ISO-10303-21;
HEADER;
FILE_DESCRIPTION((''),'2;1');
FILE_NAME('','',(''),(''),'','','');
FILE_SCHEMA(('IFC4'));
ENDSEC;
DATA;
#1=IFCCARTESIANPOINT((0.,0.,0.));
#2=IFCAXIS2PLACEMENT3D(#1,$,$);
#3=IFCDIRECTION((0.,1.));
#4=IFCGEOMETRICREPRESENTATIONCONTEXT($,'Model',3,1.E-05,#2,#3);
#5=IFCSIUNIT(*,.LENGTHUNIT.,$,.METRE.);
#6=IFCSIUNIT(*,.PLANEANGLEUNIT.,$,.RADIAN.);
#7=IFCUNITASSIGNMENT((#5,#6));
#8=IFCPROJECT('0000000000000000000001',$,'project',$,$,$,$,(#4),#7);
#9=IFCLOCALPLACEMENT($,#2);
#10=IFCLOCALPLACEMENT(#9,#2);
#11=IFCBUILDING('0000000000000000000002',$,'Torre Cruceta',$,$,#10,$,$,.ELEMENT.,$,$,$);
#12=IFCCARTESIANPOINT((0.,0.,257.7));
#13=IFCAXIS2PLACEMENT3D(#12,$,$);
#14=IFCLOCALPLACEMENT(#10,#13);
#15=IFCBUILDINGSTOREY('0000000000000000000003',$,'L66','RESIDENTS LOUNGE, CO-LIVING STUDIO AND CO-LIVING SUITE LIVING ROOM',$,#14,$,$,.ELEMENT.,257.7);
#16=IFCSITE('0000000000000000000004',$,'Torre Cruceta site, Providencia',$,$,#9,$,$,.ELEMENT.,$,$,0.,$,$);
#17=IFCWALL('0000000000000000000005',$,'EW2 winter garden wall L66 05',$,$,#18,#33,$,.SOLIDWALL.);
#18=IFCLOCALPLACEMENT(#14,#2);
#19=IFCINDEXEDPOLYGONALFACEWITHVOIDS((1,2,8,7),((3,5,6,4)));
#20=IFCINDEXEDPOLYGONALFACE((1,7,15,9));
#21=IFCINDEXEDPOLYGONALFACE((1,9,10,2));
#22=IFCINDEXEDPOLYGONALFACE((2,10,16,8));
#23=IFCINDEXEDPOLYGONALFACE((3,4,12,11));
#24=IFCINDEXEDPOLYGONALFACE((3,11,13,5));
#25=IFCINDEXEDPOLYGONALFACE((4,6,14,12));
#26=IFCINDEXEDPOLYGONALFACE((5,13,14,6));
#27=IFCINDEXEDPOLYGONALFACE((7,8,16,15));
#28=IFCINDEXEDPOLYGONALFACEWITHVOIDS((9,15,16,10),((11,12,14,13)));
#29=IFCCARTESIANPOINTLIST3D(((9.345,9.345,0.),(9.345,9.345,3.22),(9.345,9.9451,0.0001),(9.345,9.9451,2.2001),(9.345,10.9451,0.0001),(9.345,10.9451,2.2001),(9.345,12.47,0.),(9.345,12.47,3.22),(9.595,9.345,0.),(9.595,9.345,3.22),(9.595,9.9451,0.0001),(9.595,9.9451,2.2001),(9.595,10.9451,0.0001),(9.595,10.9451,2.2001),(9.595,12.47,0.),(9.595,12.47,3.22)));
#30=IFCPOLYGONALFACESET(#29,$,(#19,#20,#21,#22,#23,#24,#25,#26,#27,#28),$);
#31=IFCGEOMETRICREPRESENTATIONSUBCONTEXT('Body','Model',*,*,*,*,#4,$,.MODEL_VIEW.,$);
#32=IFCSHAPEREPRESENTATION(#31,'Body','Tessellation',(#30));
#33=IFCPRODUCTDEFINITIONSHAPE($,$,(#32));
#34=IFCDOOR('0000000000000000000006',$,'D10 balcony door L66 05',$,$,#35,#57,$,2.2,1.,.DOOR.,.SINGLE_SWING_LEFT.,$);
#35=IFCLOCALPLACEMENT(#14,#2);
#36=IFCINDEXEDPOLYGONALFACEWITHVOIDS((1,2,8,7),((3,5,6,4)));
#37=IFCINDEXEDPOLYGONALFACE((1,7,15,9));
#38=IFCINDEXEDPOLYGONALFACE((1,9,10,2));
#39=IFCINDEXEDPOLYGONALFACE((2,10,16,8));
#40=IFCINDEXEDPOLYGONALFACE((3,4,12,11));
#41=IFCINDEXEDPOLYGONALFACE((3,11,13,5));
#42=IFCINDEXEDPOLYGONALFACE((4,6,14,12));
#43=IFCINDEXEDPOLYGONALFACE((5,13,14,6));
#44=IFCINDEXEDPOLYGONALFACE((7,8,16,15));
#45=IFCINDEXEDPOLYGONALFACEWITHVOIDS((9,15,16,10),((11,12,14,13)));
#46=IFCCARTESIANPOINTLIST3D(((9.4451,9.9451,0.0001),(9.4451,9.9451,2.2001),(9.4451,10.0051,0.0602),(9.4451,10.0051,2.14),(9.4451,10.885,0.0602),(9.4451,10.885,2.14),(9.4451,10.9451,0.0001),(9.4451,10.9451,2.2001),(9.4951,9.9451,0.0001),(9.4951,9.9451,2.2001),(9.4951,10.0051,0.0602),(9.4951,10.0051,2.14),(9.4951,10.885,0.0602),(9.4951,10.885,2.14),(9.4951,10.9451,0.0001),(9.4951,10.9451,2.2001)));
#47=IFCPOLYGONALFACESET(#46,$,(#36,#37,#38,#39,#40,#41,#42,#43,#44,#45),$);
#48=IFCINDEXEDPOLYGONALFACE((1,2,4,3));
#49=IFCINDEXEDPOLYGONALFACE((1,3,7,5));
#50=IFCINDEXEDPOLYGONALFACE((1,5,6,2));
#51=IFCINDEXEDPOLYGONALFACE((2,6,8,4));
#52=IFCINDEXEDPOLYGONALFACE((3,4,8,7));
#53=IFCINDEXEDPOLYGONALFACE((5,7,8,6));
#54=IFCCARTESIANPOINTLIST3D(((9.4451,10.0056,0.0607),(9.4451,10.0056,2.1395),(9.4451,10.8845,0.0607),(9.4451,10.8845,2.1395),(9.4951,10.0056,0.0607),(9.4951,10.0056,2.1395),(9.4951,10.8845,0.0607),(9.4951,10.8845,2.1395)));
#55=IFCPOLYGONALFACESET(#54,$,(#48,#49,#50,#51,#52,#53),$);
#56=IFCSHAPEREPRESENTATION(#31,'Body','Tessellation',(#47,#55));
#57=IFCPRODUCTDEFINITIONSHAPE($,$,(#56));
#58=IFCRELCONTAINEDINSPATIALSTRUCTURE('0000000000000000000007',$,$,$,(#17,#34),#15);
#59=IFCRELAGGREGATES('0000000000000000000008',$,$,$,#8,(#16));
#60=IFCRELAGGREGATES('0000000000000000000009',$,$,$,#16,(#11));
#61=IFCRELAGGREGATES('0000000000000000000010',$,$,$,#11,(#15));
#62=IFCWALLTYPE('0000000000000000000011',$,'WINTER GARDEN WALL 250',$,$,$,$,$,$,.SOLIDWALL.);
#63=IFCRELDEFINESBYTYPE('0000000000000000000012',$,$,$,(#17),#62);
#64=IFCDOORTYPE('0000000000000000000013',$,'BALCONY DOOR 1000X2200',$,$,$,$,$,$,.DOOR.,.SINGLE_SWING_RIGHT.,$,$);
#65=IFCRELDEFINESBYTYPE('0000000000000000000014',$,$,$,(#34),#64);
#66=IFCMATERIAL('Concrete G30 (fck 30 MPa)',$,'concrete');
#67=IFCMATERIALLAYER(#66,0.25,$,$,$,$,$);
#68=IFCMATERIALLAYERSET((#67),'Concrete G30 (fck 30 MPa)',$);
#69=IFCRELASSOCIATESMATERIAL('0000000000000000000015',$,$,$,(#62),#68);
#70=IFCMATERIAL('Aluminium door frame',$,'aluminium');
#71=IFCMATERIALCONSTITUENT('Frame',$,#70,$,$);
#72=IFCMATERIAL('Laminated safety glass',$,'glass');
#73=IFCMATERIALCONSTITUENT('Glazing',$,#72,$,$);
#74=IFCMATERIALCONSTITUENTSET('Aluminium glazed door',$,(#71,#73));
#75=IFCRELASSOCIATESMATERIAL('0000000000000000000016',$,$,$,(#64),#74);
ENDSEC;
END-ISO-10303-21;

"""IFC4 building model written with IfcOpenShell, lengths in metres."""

from ifc_helpers import new_model, si_unit, direction, frame, frame_2d, origin, place, context, subcontext, project, spatial, rectangle, hollow_rectangle, extrude, material, layer, layer_set, constituent, constituent_set, type_object, element, fill, save


model = new_model("IFC4")

# Units and contexts
model_context = context("Model", 3, precision=1e-05, world=origin(), true_north=direction((0.0, 1.0)))
body_context = subcontext(model_context, "Body", "Model", "MODEL_VIEW")
ifc_project = project(units=[si_unit("LENGTHUNIT", "METRE"), si_unit("PLANEANGLEUNIT", "RADIAN")], contexts=[model_context])

# Site, building, storey
site_placement = place(None, origin())
site = spatial("IfcSite", under=ifc_project, at=site_placement, Name="Torre Cruceta site, Providencia", CompositionType="ELEMENT", RefElevation=0.0)
building_placement = place(site_placement, origin())
building = spatial("IfcBuilding", under=site, at=building_placement, Name="Torre Cruceta", CompositionType="ELEMENT")
storey_placement = place(building_placement, frame((0.0, 0.0, 257.7)))
storey = spatial("IfcBuildingStorey", under=building, at=storey_placement, Name="L66", Description="RESIDENTS LOUNGE, CO-LIVING STUDIO AND CO-LIVING SUITE LIVING ROOM", CompositionType="ELEMENT", Elevation=257.7)

# Wall, opening, door
ifc_material_1 = material(Name="Concrete G30 (fck 30 MPa)", Category="concrete")
ifc_layer_1 = layer(ifc_material_1, 0.25)
ifc_layer_set_1 = layer_set([ifc_layer_1], Name="Concrete G30 (fck 30 MPa)")
wall_type_1 = type_object("IfcWallType", Name="WINTER GARDEN WALL 250", PredefinedType="SOLIDWALL", material=ifc_layer_set_1)
ifc_material_2 = material(Name="Aluminium door frame", Category="aluminium")
ifc_constituent_1 = constituent(ifc_material_2, Name="Frame")
ifc_material_3 = material(Name="Laminated safety glass", Category="glass")
ifc_constituent_2 = constituent(ifc_material_3, Name="Glazing")
ifc_constituent_set_1 = constituent_set(constituents=[ifc_constituent_1, ifc_constituent_2], Name="Aluminium glazed door")
door_type_1 = type_object("IfcDoorType", Name="BALCONY DOOR 1000X2200", OperationType="SINGLE_SWING_RIGHT", PredefinedType="DOOR", material=ifc_constituent_set_1)
wall_1_placement = place(storey_placement, frame((9.47, 9.345, 0.0), z_axis=(0.0, 0.0, 1.0), x_axis=(0.0, 1.0, 0.0)))
wall_1 = element("IfcWall", 1, at=wall_1_placement, inside=storey, type_object=wall_type_1, Name="EW2 winter garden wall L66 05", PredefinedType="SOLIDWALL", context=body_context, shape_type="SweptSolid", body=[
    extrude(rectangle(XDim=3.125, YDim=0.25, at=frame_2d((1.5625, 0.0))), origin(), (0.0, 0.0, 1.0), 3.22),
])
opening_1_placement = place(wall_1_placement, frame((0.6001, 0.0, 0.0)))
opening_1 = element("IfcOpeningElement", 2, at=opening_1_placement, cuts=wall_1, PredefinedType="OPENING", context=body_context, shape_type="SweptSolid", body=[
    extrude(rectangle(XDim=1.0, YDim=2.2, at=frame_2d((0.5, 1.1001))), frame((0.0, 0.135, 0.0), z_axis=(0.0, -1.0, 0.0), x_axis=(1.0, 0.0, 0.0)), (0.0, 0.0, 1.0), 0.27),
])
door_1_placement = place(opening_1_placement, origin())
door_1 = element("IfcDoor", 3, at=door_1_placement, inside=storey, type_object=door_type_1, Name="D10 balcony door L66 05", OperationType="SINGLE_SWING_LEFT", OverallHeight=2.2, OverallWidth=1.0, PredefinedType="DOOR", context=body_context, shape_type="SweptSolid", body=[
    extrude(hollow_rectangle(XDim=1.0, YDim=2.2, WallThickness=0.0601, at=frame_2d((0.5, 1.1001))), frame((0.0, 0.0249, 0.0), z_axis=(0.0, -1.0, 0.0), x_axis=(1.0, 0.0, 0.0)), (0.0, 0.0, 1.0), 0.05),
    extrude(rectangle(XDim=0.8789, YDim=2.0789, at=frame_2d((0.5, 1.1001))), frame((0.0, 0.0249, 0.0), z_axis=(0.0, -1.0, 0.0), x_axis=(1.0, 0.0, 0.0)), (0.0, 0.0, 1.0), 0.05),
])
fill(opening_1, door_1)

save(model, "model.ifc")
